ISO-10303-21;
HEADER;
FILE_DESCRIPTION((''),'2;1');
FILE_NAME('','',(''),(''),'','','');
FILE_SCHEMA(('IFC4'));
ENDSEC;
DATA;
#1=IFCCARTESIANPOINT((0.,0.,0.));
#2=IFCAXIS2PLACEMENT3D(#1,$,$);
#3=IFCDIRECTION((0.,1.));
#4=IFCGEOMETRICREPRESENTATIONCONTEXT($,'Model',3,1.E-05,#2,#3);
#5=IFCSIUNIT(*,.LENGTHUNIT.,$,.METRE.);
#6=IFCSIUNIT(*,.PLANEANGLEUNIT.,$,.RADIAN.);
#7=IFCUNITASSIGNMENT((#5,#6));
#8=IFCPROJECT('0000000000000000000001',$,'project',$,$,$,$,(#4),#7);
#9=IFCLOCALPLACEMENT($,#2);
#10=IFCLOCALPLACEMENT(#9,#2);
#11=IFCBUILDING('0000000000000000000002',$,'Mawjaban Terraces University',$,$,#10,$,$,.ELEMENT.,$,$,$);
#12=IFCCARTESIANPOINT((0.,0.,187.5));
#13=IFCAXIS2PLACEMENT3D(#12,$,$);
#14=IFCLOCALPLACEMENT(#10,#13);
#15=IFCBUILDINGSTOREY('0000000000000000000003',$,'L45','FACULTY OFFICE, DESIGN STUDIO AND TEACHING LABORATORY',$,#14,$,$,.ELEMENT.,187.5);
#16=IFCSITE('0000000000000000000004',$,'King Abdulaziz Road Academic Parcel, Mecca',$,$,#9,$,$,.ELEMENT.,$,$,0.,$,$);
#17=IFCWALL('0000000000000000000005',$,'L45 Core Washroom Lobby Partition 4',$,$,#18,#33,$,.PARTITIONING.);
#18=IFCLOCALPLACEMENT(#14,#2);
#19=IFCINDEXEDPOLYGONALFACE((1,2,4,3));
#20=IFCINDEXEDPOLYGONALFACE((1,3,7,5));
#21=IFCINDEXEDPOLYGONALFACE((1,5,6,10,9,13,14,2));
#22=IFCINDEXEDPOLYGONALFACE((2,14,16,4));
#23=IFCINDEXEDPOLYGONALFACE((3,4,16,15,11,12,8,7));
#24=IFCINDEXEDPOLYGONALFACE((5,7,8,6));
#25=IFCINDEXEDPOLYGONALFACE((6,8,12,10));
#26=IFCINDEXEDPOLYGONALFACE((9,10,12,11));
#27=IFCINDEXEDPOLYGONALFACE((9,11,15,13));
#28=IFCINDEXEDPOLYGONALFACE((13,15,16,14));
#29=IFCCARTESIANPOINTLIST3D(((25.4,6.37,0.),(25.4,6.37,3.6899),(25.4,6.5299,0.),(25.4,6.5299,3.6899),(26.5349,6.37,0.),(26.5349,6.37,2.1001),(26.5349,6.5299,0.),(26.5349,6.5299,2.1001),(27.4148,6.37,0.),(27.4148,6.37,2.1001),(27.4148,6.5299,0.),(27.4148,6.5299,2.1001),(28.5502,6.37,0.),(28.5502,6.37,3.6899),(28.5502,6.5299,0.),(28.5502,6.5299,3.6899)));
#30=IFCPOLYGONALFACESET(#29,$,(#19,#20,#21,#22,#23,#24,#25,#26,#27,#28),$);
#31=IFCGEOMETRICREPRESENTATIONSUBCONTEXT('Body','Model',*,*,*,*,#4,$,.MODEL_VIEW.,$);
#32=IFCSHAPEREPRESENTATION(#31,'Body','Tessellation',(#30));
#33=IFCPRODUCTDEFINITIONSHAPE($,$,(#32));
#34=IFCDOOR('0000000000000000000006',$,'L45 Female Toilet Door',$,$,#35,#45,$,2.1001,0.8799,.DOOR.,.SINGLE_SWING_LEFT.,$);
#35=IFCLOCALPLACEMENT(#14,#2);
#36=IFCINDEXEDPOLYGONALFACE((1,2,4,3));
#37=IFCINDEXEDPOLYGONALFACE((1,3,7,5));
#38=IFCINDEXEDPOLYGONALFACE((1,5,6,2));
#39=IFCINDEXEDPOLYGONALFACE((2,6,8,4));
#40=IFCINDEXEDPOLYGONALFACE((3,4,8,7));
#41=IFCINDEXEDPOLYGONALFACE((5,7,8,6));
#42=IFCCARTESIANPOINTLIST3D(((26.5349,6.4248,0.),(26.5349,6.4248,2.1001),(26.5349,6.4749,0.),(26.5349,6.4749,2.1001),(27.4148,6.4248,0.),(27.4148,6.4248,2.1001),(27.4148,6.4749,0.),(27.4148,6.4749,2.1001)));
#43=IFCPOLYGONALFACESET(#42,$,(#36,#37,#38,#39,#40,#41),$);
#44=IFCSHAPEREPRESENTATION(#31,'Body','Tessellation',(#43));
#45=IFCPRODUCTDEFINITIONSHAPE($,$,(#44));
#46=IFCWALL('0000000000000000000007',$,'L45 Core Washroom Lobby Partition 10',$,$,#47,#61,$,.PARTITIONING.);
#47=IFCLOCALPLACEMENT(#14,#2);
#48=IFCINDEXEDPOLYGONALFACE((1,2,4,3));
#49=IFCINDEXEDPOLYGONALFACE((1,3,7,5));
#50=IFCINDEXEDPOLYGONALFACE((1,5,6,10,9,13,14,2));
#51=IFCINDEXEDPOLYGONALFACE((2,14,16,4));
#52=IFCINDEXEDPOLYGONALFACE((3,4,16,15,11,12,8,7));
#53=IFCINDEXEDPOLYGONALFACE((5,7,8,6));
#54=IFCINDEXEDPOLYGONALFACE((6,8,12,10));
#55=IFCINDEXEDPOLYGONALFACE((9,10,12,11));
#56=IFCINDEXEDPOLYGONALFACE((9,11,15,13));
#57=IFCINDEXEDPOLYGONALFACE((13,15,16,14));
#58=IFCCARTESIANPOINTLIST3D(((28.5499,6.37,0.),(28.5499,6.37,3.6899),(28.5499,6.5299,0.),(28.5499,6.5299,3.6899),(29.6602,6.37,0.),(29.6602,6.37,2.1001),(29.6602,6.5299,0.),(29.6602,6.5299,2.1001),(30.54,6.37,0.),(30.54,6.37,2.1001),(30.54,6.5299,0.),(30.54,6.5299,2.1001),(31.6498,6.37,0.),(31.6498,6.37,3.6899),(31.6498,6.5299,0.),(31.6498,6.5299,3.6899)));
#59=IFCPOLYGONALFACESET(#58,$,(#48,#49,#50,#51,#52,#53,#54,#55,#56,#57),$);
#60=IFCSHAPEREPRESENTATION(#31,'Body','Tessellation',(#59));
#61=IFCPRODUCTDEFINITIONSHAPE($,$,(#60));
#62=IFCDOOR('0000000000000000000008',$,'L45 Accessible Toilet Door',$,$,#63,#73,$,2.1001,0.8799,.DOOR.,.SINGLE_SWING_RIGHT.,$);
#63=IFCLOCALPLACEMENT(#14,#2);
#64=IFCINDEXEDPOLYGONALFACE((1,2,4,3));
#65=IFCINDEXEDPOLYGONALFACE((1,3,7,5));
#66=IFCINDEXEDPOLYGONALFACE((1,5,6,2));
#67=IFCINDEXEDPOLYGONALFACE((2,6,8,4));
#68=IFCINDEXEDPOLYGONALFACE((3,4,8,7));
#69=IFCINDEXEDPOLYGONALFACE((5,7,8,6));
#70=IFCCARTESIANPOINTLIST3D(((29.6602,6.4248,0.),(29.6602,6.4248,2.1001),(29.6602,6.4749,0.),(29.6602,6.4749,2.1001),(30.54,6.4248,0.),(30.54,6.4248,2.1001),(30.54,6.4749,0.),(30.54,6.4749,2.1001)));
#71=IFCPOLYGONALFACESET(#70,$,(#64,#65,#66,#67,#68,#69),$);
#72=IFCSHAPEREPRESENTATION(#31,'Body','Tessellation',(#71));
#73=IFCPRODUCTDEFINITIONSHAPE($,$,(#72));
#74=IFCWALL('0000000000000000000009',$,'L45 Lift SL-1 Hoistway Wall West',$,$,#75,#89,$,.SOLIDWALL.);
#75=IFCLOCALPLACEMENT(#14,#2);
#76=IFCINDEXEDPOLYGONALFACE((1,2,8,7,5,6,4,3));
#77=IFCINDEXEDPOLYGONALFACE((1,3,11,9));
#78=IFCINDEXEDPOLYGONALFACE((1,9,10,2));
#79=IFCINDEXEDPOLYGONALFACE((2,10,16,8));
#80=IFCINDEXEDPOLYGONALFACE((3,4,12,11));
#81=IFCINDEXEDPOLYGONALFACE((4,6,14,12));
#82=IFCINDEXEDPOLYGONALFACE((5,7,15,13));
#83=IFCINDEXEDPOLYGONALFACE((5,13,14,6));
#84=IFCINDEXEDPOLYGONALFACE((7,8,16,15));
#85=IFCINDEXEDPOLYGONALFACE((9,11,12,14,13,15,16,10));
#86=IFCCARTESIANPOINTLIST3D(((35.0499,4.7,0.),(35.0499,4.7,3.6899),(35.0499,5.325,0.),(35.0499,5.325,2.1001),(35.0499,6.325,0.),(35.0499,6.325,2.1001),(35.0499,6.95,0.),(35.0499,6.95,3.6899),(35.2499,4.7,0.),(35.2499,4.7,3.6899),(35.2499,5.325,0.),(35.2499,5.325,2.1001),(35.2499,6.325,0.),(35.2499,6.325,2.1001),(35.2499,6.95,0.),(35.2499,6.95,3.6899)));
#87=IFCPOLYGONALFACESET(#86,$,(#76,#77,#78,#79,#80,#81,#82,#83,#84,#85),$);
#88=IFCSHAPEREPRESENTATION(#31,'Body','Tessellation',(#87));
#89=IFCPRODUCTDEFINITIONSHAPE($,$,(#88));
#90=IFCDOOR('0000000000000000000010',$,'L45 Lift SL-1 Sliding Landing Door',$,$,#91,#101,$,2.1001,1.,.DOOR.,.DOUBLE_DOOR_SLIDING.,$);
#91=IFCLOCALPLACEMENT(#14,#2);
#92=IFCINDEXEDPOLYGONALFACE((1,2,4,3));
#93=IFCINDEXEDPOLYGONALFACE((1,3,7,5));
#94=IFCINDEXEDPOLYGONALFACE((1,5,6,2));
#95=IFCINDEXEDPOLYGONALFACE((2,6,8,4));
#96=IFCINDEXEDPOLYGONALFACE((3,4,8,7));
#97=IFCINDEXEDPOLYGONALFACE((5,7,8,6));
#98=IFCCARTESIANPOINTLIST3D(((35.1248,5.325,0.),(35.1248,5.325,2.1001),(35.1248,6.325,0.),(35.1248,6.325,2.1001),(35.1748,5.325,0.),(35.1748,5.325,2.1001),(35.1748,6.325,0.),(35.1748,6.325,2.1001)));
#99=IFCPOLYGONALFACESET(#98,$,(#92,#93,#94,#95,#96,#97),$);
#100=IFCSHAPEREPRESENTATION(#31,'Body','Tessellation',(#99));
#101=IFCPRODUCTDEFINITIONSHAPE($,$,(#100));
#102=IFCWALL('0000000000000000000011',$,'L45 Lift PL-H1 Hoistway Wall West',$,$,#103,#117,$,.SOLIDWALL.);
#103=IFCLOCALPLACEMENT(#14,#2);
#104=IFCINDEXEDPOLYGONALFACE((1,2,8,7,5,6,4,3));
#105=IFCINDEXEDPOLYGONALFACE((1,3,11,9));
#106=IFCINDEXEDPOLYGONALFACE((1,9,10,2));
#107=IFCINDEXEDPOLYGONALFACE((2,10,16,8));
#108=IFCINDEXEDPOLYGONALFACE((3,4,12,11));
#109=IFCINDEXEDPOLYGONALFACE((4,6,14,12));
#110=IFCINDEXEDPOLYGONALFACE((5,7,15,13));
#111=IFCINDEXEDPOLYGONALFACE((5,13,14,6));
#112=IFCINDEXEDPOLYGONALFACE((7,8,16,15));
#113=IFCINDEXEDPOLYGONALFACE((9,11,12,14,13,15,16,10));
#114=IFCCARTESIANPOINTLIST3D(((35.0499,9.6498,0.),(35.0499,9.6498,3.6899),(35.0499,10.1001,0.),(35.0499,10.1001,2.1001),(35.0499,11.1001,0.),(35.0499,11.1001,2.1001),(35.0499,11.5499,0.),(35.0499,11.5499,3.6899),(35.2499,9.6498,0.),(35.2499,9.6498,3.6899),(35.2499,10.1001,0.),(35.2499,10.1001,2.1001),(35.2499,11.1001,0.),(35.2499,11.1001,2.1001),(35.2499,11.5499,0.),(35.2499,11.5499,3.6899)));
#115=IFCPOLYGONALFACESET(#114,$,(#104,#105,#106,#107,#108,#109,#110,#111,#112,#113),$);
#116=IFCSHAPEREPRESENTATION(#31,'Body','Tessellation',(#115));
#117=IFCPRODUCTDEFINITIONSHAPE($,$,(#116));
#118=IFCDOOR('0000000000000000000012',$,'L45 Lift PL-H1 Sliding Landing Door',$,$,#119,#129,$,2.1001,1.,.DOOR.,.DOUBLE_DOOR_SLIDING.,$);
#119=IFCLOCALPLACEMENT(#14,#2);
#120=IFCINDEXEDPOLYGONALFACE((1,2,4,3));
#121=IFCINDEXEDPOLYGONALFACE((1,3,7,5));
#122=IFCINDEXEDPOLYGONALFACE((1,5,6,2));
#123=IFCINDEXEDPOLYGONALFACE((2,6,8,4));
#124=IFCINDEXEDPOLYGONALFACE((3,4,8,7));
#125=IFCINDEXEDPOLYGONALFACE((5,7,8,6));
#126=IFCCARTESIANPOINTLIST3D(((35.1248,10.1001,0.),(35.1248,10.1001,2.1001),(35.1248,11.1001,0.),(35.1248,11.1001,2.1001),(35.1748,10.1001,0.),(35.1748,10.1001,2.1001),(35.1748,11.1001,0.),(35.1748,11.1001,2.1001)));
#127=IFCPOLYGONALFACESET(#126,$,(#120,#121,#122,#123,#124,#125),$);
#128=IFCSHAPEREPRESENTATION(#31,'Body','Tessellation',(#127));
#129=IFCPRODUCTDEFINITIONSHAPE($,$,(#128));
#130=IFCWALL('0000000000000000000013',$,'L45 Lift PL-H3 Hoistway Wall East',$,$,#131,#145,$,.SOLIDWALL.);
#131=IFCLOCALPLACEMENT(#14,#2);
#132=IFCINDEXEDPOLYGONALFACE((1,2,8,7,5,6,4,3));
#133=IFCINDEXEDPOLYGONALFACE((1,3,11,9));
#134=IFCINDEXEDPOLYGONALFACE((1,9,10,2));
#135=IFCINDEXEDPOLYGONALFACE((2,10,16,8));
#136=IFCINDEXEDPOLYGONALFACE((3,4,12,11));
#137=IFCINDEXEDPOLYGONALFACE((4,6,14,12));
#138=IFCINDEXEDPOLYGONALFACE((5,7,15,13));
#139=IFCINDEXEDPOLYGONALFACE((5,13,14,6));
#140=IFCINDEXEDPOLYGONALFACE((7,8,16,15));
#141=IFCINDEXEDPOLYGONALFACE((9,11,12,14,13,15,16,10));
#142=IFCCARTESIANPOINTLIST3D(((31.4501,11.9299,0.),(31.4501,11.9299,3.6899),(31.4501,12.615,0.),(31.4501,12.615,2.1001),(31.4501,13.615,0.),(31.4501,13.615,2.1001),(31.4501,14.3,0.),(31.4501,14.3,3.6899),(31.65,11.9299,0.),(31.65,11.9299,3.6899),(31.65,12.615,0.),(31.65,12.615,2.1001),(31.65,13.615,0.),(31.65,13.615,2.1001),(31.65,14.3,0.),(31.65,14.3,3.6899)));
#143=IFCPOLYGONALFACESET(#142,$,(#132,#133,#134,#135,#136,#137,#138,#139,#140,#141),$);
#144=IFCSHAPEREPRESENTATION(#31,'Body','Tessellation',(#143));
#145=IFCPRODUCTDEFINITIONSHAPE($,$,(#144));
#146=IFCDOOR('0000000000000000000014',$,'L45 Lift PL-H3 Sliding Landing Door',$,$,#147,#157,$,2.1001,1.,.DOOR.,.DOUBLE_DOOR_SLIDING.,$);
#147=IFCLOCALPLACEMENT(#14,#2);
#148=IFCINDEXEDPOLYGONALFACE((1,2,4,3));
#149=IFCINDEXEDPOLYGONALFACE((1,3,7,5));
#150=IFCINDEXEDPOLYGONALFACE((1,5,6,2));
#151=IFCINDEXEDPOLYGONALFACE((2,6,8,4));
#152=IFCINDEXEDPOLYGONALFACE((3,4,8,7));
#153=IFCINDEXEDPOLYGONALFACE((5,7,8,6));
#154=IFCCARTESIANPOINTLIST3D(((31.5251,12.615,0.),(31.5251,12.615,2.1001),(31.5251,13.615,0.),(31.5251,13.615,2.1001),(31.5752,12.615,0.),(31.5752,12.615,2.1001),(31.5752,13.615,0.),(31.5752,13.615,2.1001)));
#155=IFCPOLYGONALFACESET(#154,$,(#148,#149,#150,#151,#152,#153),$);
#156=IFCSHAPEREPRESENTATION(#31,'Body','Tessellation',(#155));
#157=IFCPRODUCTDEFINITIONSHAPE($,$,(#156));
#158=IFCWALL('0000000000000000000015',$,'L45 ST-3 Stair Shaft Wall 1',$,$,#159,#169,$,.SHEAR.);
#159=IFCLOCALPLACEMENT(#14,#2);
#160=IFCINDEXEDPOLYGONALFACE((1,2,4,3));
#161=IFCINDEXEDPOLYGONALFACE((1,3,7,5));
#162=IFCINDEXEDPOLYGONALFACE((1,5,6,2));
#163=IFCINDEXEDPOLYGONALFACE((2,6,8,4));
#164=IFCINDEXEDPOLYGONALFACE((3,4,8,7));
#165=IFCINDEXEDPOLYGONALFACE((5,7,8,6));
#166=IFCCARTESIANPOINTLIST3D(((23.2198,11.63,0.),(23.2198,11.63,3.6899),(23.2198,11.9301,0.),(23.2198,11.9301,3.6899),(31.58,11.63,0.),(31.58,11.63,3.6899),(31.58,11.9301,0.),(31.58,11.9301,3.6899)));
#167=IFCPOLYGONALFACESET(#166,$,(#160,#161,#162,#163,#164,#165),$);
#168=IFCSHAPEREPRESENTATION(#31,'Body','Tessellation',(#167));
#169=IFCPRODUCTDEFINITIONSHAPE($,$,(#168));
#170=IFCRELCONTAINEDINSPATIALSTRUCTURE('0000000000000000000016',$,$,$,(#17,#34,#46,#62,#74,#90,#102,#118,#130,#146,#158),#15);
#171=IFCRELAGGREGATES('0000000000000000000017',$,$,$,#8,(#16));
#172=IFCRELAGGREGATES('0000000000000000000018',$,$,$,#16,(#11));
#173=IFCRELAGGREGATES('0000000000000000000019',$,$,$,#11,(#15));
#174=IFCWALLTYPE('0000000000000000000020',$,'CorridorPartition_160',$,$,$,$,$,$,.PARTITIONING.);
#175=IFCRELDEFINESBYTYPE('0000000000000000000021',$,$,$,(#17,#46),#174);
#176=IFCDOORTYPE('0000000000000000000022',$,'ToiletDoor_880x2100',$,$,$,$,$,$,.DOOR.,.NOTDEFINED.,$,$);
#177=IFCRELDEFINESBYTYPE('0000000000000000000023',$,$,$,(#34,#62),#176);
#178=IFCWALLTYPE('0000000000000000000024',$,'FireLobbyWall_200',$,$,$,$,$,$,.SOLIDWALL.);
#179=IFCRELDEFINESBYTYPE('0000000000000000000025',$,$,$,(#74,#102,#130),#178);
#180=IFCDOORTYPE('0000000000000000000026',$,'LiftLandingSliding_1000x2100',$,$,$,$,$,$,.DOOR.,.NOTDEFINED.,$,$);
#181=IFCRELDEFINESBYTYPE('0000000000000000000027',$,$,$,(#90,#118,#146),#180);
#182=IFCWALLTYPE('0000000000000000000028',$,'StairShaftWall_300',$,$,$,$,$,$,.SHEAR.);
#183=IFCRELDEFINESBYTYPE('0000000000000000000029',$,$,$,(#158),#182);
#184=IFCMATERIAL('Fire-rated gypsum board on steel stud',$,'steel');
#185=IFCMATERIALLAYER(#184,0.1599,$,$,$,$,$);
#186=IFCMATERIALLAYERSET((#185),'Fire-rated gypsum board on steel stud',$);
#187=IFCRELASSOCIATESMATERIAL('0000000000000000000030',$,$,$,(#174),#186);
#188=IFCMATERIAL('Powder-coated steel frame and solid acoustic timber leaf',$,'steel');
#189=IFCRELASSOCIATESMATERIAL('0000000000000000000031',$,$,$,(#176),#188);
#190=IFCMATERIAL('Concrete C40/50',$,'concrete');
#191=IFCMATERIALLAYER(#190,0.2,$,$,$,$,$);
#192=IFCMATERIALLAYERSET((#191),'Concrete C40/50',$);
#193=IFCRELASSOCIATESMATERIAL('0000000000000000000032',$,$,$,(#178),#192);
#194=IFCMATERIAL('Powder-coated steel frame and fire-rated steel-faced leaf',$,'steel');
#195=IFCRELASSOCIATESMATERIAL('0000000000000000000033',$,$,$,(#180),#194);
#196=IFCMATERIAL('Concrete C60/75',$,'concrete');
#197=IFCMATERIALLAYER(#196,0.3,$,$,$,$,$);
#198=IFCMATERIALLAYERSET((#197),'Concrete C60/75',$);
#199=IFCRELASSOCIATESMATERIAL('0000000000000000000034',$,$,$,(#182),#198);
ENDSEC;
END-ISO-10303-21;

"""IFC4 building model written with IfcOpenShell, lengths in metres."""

from ifc_helpers import new_model, si_unit, direction, frame, frame_2d, origin, place, context, subcontext, project, spatial, rectangle, extrude, material, layer, layer_set, type_object, element, fill, save


model = new_model("IFC4")

# Units and contexts
model_context = context("Model", 3, precision=1e-05, world=origin(), true_north=direction((0.0, 1.0)))
body_context = subcontext(model_context, "Body", "Model", "MODEL_VIEW")
ifc_project = project(units=[si_unit("LENGTHUNIT", "METRE"), si_unit("PLANEANGLEUNIT", "RADIAN")], contexts=[model_context])

# Site, building, storey
site_placement = place(None, origin())
site = spatial("IfcSite", under=ifc_project, at=site_placement, Name="King Abdulaziz Road Academic Parcel, Mecca", CompositionType="ELEMENT", RefElevation=0.0)
building_placement = place(site_placement, origin())
building = spatial("IfcBuilding", under=site, at=building_placement, Name="Mawjaban Terraces University", CompositionType="ELEMENT")
storey_placement = place(building_placement, frame((0.0, 0.0, 187.5)))
storey = spatial("IfcBuildingStorey", under=building, at=storey_placement, Name="L45", Description="FACULTY OFFICE, DESIGN STUDIO AND TEACHING LABORATORY", CompositionType="ELEMENT", Elevation=187.5)

# Walls, openings, doors
ifc_material_1 = material(Name="Fire-rated gypsum board on steel stud", Category="steel")
ifc_layer_1 = layer(ifc_material_1, 0.1599)
ifc_layer_set_1 = layer_set([ifc_layer_1], Name="Fire-rated gypsum board on steel stud")
wall_type_1 = type_object("IfcWallType", Name="CorridorPartition_160", PredefinedType="PARTITIONING", material=ifc_layer_set_1)
wall_1_placement = place(storey_placement, frame((25.3999, 6.45, 0.0), z_axis=(0.0, 0.0, 1.0), x_axis=(1.0, 0.0, 0.0)))
wall_1 = element("IfcWall", 1, at=wall_1_placement, inside=storey, type_object=wall_type_1, Name="L45 Core Washroom Lobby Partition 4", PredefinedType="PARTITIONING", context=body_context, shape_type="SweptSolid", body=[
    extrude(rectangle(XDim=3.1501, YDim=0.1599, at=frame_2d((1.5752, 0.0))), origin(), (0.0, 0.0, 1.0), 3.6899),
])
opening_1_placement = place(wall_1_placement, frame((1.135, 0.0, 0.0)))
opening_1 = element("IfcOpeningElement", 2, at=opening_1_placement, cuts=wall_1, PredefinedType="OPENING", context=body_context, shape_type="SweptSolid", body=[
    extrude(rectangle(XDim=0.8799, YDim=2.1001, at=frame_2d((0.4399, 1.05))), frame((0.0, 0.0898, 0.0), z_axis=(0.0, -1.0, 0.0), x_axis=(1.0, 0.0, 0.0)), (0.0, 0.0, 1.0), 0.1799),
])
ifc_material_2 = material(Name="Powder-coated steel frame and solid acoustic timber leaf", Category="steel")
door_type_1 = type_object("IfcDoorType", Name="ToiletDoor_880x2100", OperationType="NOTDEFINED", PredefinedType="DOOR", material=ifc_material_2)
door_1_placement = place(opening_1_placement, origin())
door_1 = element("IfcDoor", 3, at=door_1_placement, inside=storey, type_object=door_type_1, Name="L45 Female Toilet Door", OperationType="SINGLE_SWING_LEFT", OverallHeight=2.1001, OverallWidth=0.8799, PredefinedType="DOOR", context=body_context, shape_type="SweptSolid", body=[
    extrude(rectangle(XDim=0.8799, YDim=2.1001, at=frame_2d((0.4399, 1.05))), frame((0.0, 0.0249, 0.0), z_axis=(0.0, -1.0, 0.0), x_axis=(1.0, 0.0, 0.0)), (0.0, 0.0, 1.0), 0.05),
])
fill(opening_1, door_1)
wall_2_placement = place(storey_placement, frame((28.55, 6.45, 0.0), z_axis=(0.0, 0.0, 1.0), x_axis=(1.0, 0.0, 0.0)))
wall_2 = element("IfcWall", 4, at=wall_2_placement, inside=storey, type_object=wall_type_1, Name="L45 Core Washroom Lobby Partition 10", PredefinedType="PARTITIONING", context=body_context, shape_type="SweptSolid", body=[
    extrude(rectangle(XDim=3.0999, YDim=0.1599, at=frame_2d((1.5498, 0.0))), origin(), (0.0, 0.0, 1.0), 3.6899),
])
opening_2_placement = place(wall_2_placement, frame((1.1101, 0.0, 0.0)))
opening_2 = element("IfcOpeningElement", 5, at=opening_2_placement, cuts=wall_2, PredefinedType="OPENING", context=body_context, shape_type="SweptSolid", body=[
    extrude(rectangle(XDim=0.8799, YDim=2.1001, at=frame_2d((0.4399, 1.05))), frame((0.0, 0.0898, 0.0), z_axis=(0.0, -1.0, 0.0), x_axis=(1.0, 0.0, 0.0)), (0.0, 0.0, 1.0), 0.1799),
])
door_2_placement = place(opening_2_placement, origin())
door_2 = element("IfcDoor", 6, at=door_2_placement, inside=storey, type_object=door_type_1, Name="L45 Accessible Toilet Door", OperationType="SINGLE_SWING_RIGHT", OverallHeight=2.1001, OverallWidth=0.8799, PredefinedType="DOOR", context=body_context, shape_type="SweptSolid", body=[
    extrude(rectangle(XDim=0.8799, YDim=2.1001, at=frame_2d((0.4399, 1.05))), frame((0.0, 0.0249, 0.0), z_axis=(0.0, -1.0, 0.0), x_axis=(1.0, 0.0, 0.0)), (0.0, 0.0, 1.0), 0.05),
])
fill(opening_2, door_2)
ifc_material_3 = material(Name="Concrete C40/50", Category="concrete")
ifc_layer_2 = layer(ifc_material_3, 0.2)
ifc_layer_set_2 = layer_set([ifc_layer_2], Name="Concrete C40/50")
wall_type_2 = type_object("IfcWallType", Name="FireLobbyWall_200", PredefinedType="SOLIDWALL", material=ifc_layer_set_2)
wall_3_placement = place(storey_placement, frame((35.1499, 6.95, 0.0), z_axis=(0.0, 0.0, 1.0), x_axis=(0.0, -1.0, 0.0)))
wall_3 = element("IfcWall", 7, at=wall_3_placement, inside=storey, type_object=wall_type_2, Name="L45 Lift SL-1 Hoistway Wall West", PredefinedType="SOLIDWALL", context=body_context, shape_type="SweptSolid", body=[
    extrude(rectangle(XDim=2.25, YDim=0.2, at=frame_2d((1.125, 0.0))), origin(), (0.0, 0.0, 1.0), 3.6899),
])
opening_3_placement = place(wall_3_placement, frame((0.625, 0.0, 0.0)))
opening_3 = element("IfcOpeningElement", 8, at=opening_3_placement, cuts=wall_3, PredefinedType="OPENING", context=body_context, shape_type="SweptSolid", body=[
    extrude(rectangle(XDim=1.0, YDim=2.1001, at=frame_2d((0.5, 1.05))), frame((0.0, 0.1099, 0.0), z_axis=(0.0, -1.0, 0.0), x_axis=(1.0, 0.0, 0.0)), (0.0, 0.0, 1.0), 0.22),
])
ifc_material_4 = material(Name="Powder-coated steel frame and fire-rated steel-faced leaf", Category="steel")
door_type_2 = type_object("IfcDoorType", Name="LiftLandingSliding_1000x2100", OperationType="NOTDEFINED", PredefinedType="DOOR", material=ifc_material_4)
door_3_placement = place(opening_3_placement, origin())
door_3 = element("IfcDoor", 9, at=door_3_placement, inside=storey, type_object=door_type_2, Name="L45 Lift SL-1 Sliding Landing Door", OperationType="DOUBLE_DOOR_SLIDING", OverallHeight=2.1001, OverallWidth=1.0, PredefinedType="DOOR", context=body_context, shape_type="SweptSolid", body=[
    extrude(rectangle(XDim=1.0, YDim=2.1001, at=frame_2d((0.5, 1.05))), frame((0.0, 0.0249, 0.0), z_axis=(0.0, -1.0, 0.0), x_axis=(1.0, 0.0, 0.0)), (0.0, 0.0, 1.0), 0.05),
])
fill(opening_3, door_3)
wall_4_placement = place(storey_placement, frame((35.1499, 11.55, 0.0), z_axis=(0.0, 0.0, 1.0), x_axis=(0.0, -1.0, 0.0)))
wall_4 = element("IfcWall", 10, at=wall_4_placement, inside=storey, type_object=wall_type_2, Name="L45 Lift PL-H1 Hoistway Wall West", PredefinedType="SOLIDWALL", context=body_context, shape_type="SweptSolid", body=[
    extrude(rectangle(XDim=1.9001, YDim=0.2, at=frame_2d((0.9502, 0.0))), origin(), (0.0, 0.0, 1.0), 3.6899),
])
opening_4_placement = place(wall_4_placement, frame((0.45, 0.0, 0.0)))
opening_4 = element("IfcOpeningElement", 11, at=opening_4_placement, cuts=wall_4, PredefinedType="OPENING", context=body_context, shape_type="SweptSolid", body=[
    extrude(rectangle(XDim=1.0, YDim=2.1001, at=frame_2d((0.5, 1.05))), frame((0.0, 0.1099, 0.0), z_axis=(0.0, -1.0, 0.0), x_axis=(1.0, 0.0, 0.0)), (0.0, 0.0, 1.0), 0.22),
])
door_4_placement = place(opening_4_placement, origin())
door_4 = element("IfcDoor", 12, at=door_4_placement, inside=storey, type_object=door_type_2, Name="L45 Lift PL-H1 Sliding Landing Door", OperationType="DOUBLE_DOOR_SLIDING", OverallHeight=2.1001, OverallWidth=1.0, PredefinedType="DOOR", context=body_context, shape_type="SweptSolid", body=[
    extrude(rectangle(XDim=1.0, YDim=2.1001, at=frame_2d((0.5, 1.05))), frame((0.0, 0.0249, 0.0), z_axis=(0.0, -1.0, 0.0), x_axis=(1.0, 0.0, 0.0)), (0.0, 0.0, 1.0), 0.05),
])
fill(opening_4, door_4)
wall_5_placement = place(storey_placement, frame((31.55, 11.9299, 0.0), z_axis=(0.0, 0.0, 1.0), x_axis=(0.0, 1.0, 0.0)))
wall_5 = element("IfcWall", 13, at=wall_5_placement, inside=storey, type_object=wall_type_2, Name="L45 Lift PL-H3 Hoistway Wall East", PredefinedType="SOLIDWALL", context=body_context, shape_type="SweptSolid", body=[
    extrude(rectangle(XDim=2.3701, YDim=0.2, at=frame_2d((1.1851, 0.0))), origin(), (0.0, 0.0, 1.0), 3.6899),
])
opening_5_placement = place(wall_5_placement, frame((0.6851, 0.0, 0.0)))
opening_5 = element("IfcOpeningElement", 14, at=opening_5_placement, cuts=wall_5, PredefinedType="OPENING", context=body_context, shape_type="SweptSolid", body=[
    extrude(rectangle(XDim=1.0, YDim=2.1001, at=frame_2d((0.5, 1.05))), frame((0.0, 0.1099, 0.0), z_axis=(0.0, -1.0, 0.0), x_axis=(1.0, 0.0, 0.0)), (0.0, 0.0, 1.0), 0.22),
])
door_5_placement = place(opening_5_placement, origin())
door_5 = element("IfcDoor", 15, at=door_5_placement, inside=storey, type_object=door_type_2, Name="L45 Lift PL-H3 Sliding Landing Door", OperationType="DOUBLE_DOOR_SLIDING", OverallHeight=2.1001, OverallWidth=1.0, PredefinedType="DOOR", context=body_context, shape_type="SweptSolid", body=[
    extrude(rectangle(XDim=1.0, YDim=2.1001, at=frame_2d((0.5, 1.05))), frame((0.0, 0.0249, 0.0), z_axis=(0.0, -1.0, 0.0), x_axis=(1.0, 0.0, 0.0)), (0.0, 0.0, 1.0), 0.05),
])
fill(opening_5, door_5)

# Wall
ifc_material_5 = material(Name="Concrete C60/75", Category="concrete")
ifc_layer_3 = layer(ifc_material_5, 0.3)
ifc_layer_set_3 = layer_set([ifc_layer_3], Name="Concrete C60/75")
wall_type_3 = type_object("IfcWallType", Name="StairShaftWall_300", PredefinedType="SHEAR", material=ifc_layer_set_3)
wall_6_placement = place(storey_placement, frame((31.5801, 11.78, 0.0), z_axis=(0.0, 0.0, 1.0), x_axis=(-1.0, 0.0, 0.0)))
element("IfcWall", 16, at=wall_6_placement, inside=storey, type_object=wall_type_3, Name="L45 ST-3 Stair Shaft Wall 1", PredefinedType="SHEAR", context=body_context, shape_type="SweptSolid", body=[
    extrude(rectangle(XDim=8.3601, YDim=0.3, at=frame_2d((4.1802, 0.0))), origin(), (0.0, 0.0, 1.0), 3.6899),
])

save(model, "model.ifc")
